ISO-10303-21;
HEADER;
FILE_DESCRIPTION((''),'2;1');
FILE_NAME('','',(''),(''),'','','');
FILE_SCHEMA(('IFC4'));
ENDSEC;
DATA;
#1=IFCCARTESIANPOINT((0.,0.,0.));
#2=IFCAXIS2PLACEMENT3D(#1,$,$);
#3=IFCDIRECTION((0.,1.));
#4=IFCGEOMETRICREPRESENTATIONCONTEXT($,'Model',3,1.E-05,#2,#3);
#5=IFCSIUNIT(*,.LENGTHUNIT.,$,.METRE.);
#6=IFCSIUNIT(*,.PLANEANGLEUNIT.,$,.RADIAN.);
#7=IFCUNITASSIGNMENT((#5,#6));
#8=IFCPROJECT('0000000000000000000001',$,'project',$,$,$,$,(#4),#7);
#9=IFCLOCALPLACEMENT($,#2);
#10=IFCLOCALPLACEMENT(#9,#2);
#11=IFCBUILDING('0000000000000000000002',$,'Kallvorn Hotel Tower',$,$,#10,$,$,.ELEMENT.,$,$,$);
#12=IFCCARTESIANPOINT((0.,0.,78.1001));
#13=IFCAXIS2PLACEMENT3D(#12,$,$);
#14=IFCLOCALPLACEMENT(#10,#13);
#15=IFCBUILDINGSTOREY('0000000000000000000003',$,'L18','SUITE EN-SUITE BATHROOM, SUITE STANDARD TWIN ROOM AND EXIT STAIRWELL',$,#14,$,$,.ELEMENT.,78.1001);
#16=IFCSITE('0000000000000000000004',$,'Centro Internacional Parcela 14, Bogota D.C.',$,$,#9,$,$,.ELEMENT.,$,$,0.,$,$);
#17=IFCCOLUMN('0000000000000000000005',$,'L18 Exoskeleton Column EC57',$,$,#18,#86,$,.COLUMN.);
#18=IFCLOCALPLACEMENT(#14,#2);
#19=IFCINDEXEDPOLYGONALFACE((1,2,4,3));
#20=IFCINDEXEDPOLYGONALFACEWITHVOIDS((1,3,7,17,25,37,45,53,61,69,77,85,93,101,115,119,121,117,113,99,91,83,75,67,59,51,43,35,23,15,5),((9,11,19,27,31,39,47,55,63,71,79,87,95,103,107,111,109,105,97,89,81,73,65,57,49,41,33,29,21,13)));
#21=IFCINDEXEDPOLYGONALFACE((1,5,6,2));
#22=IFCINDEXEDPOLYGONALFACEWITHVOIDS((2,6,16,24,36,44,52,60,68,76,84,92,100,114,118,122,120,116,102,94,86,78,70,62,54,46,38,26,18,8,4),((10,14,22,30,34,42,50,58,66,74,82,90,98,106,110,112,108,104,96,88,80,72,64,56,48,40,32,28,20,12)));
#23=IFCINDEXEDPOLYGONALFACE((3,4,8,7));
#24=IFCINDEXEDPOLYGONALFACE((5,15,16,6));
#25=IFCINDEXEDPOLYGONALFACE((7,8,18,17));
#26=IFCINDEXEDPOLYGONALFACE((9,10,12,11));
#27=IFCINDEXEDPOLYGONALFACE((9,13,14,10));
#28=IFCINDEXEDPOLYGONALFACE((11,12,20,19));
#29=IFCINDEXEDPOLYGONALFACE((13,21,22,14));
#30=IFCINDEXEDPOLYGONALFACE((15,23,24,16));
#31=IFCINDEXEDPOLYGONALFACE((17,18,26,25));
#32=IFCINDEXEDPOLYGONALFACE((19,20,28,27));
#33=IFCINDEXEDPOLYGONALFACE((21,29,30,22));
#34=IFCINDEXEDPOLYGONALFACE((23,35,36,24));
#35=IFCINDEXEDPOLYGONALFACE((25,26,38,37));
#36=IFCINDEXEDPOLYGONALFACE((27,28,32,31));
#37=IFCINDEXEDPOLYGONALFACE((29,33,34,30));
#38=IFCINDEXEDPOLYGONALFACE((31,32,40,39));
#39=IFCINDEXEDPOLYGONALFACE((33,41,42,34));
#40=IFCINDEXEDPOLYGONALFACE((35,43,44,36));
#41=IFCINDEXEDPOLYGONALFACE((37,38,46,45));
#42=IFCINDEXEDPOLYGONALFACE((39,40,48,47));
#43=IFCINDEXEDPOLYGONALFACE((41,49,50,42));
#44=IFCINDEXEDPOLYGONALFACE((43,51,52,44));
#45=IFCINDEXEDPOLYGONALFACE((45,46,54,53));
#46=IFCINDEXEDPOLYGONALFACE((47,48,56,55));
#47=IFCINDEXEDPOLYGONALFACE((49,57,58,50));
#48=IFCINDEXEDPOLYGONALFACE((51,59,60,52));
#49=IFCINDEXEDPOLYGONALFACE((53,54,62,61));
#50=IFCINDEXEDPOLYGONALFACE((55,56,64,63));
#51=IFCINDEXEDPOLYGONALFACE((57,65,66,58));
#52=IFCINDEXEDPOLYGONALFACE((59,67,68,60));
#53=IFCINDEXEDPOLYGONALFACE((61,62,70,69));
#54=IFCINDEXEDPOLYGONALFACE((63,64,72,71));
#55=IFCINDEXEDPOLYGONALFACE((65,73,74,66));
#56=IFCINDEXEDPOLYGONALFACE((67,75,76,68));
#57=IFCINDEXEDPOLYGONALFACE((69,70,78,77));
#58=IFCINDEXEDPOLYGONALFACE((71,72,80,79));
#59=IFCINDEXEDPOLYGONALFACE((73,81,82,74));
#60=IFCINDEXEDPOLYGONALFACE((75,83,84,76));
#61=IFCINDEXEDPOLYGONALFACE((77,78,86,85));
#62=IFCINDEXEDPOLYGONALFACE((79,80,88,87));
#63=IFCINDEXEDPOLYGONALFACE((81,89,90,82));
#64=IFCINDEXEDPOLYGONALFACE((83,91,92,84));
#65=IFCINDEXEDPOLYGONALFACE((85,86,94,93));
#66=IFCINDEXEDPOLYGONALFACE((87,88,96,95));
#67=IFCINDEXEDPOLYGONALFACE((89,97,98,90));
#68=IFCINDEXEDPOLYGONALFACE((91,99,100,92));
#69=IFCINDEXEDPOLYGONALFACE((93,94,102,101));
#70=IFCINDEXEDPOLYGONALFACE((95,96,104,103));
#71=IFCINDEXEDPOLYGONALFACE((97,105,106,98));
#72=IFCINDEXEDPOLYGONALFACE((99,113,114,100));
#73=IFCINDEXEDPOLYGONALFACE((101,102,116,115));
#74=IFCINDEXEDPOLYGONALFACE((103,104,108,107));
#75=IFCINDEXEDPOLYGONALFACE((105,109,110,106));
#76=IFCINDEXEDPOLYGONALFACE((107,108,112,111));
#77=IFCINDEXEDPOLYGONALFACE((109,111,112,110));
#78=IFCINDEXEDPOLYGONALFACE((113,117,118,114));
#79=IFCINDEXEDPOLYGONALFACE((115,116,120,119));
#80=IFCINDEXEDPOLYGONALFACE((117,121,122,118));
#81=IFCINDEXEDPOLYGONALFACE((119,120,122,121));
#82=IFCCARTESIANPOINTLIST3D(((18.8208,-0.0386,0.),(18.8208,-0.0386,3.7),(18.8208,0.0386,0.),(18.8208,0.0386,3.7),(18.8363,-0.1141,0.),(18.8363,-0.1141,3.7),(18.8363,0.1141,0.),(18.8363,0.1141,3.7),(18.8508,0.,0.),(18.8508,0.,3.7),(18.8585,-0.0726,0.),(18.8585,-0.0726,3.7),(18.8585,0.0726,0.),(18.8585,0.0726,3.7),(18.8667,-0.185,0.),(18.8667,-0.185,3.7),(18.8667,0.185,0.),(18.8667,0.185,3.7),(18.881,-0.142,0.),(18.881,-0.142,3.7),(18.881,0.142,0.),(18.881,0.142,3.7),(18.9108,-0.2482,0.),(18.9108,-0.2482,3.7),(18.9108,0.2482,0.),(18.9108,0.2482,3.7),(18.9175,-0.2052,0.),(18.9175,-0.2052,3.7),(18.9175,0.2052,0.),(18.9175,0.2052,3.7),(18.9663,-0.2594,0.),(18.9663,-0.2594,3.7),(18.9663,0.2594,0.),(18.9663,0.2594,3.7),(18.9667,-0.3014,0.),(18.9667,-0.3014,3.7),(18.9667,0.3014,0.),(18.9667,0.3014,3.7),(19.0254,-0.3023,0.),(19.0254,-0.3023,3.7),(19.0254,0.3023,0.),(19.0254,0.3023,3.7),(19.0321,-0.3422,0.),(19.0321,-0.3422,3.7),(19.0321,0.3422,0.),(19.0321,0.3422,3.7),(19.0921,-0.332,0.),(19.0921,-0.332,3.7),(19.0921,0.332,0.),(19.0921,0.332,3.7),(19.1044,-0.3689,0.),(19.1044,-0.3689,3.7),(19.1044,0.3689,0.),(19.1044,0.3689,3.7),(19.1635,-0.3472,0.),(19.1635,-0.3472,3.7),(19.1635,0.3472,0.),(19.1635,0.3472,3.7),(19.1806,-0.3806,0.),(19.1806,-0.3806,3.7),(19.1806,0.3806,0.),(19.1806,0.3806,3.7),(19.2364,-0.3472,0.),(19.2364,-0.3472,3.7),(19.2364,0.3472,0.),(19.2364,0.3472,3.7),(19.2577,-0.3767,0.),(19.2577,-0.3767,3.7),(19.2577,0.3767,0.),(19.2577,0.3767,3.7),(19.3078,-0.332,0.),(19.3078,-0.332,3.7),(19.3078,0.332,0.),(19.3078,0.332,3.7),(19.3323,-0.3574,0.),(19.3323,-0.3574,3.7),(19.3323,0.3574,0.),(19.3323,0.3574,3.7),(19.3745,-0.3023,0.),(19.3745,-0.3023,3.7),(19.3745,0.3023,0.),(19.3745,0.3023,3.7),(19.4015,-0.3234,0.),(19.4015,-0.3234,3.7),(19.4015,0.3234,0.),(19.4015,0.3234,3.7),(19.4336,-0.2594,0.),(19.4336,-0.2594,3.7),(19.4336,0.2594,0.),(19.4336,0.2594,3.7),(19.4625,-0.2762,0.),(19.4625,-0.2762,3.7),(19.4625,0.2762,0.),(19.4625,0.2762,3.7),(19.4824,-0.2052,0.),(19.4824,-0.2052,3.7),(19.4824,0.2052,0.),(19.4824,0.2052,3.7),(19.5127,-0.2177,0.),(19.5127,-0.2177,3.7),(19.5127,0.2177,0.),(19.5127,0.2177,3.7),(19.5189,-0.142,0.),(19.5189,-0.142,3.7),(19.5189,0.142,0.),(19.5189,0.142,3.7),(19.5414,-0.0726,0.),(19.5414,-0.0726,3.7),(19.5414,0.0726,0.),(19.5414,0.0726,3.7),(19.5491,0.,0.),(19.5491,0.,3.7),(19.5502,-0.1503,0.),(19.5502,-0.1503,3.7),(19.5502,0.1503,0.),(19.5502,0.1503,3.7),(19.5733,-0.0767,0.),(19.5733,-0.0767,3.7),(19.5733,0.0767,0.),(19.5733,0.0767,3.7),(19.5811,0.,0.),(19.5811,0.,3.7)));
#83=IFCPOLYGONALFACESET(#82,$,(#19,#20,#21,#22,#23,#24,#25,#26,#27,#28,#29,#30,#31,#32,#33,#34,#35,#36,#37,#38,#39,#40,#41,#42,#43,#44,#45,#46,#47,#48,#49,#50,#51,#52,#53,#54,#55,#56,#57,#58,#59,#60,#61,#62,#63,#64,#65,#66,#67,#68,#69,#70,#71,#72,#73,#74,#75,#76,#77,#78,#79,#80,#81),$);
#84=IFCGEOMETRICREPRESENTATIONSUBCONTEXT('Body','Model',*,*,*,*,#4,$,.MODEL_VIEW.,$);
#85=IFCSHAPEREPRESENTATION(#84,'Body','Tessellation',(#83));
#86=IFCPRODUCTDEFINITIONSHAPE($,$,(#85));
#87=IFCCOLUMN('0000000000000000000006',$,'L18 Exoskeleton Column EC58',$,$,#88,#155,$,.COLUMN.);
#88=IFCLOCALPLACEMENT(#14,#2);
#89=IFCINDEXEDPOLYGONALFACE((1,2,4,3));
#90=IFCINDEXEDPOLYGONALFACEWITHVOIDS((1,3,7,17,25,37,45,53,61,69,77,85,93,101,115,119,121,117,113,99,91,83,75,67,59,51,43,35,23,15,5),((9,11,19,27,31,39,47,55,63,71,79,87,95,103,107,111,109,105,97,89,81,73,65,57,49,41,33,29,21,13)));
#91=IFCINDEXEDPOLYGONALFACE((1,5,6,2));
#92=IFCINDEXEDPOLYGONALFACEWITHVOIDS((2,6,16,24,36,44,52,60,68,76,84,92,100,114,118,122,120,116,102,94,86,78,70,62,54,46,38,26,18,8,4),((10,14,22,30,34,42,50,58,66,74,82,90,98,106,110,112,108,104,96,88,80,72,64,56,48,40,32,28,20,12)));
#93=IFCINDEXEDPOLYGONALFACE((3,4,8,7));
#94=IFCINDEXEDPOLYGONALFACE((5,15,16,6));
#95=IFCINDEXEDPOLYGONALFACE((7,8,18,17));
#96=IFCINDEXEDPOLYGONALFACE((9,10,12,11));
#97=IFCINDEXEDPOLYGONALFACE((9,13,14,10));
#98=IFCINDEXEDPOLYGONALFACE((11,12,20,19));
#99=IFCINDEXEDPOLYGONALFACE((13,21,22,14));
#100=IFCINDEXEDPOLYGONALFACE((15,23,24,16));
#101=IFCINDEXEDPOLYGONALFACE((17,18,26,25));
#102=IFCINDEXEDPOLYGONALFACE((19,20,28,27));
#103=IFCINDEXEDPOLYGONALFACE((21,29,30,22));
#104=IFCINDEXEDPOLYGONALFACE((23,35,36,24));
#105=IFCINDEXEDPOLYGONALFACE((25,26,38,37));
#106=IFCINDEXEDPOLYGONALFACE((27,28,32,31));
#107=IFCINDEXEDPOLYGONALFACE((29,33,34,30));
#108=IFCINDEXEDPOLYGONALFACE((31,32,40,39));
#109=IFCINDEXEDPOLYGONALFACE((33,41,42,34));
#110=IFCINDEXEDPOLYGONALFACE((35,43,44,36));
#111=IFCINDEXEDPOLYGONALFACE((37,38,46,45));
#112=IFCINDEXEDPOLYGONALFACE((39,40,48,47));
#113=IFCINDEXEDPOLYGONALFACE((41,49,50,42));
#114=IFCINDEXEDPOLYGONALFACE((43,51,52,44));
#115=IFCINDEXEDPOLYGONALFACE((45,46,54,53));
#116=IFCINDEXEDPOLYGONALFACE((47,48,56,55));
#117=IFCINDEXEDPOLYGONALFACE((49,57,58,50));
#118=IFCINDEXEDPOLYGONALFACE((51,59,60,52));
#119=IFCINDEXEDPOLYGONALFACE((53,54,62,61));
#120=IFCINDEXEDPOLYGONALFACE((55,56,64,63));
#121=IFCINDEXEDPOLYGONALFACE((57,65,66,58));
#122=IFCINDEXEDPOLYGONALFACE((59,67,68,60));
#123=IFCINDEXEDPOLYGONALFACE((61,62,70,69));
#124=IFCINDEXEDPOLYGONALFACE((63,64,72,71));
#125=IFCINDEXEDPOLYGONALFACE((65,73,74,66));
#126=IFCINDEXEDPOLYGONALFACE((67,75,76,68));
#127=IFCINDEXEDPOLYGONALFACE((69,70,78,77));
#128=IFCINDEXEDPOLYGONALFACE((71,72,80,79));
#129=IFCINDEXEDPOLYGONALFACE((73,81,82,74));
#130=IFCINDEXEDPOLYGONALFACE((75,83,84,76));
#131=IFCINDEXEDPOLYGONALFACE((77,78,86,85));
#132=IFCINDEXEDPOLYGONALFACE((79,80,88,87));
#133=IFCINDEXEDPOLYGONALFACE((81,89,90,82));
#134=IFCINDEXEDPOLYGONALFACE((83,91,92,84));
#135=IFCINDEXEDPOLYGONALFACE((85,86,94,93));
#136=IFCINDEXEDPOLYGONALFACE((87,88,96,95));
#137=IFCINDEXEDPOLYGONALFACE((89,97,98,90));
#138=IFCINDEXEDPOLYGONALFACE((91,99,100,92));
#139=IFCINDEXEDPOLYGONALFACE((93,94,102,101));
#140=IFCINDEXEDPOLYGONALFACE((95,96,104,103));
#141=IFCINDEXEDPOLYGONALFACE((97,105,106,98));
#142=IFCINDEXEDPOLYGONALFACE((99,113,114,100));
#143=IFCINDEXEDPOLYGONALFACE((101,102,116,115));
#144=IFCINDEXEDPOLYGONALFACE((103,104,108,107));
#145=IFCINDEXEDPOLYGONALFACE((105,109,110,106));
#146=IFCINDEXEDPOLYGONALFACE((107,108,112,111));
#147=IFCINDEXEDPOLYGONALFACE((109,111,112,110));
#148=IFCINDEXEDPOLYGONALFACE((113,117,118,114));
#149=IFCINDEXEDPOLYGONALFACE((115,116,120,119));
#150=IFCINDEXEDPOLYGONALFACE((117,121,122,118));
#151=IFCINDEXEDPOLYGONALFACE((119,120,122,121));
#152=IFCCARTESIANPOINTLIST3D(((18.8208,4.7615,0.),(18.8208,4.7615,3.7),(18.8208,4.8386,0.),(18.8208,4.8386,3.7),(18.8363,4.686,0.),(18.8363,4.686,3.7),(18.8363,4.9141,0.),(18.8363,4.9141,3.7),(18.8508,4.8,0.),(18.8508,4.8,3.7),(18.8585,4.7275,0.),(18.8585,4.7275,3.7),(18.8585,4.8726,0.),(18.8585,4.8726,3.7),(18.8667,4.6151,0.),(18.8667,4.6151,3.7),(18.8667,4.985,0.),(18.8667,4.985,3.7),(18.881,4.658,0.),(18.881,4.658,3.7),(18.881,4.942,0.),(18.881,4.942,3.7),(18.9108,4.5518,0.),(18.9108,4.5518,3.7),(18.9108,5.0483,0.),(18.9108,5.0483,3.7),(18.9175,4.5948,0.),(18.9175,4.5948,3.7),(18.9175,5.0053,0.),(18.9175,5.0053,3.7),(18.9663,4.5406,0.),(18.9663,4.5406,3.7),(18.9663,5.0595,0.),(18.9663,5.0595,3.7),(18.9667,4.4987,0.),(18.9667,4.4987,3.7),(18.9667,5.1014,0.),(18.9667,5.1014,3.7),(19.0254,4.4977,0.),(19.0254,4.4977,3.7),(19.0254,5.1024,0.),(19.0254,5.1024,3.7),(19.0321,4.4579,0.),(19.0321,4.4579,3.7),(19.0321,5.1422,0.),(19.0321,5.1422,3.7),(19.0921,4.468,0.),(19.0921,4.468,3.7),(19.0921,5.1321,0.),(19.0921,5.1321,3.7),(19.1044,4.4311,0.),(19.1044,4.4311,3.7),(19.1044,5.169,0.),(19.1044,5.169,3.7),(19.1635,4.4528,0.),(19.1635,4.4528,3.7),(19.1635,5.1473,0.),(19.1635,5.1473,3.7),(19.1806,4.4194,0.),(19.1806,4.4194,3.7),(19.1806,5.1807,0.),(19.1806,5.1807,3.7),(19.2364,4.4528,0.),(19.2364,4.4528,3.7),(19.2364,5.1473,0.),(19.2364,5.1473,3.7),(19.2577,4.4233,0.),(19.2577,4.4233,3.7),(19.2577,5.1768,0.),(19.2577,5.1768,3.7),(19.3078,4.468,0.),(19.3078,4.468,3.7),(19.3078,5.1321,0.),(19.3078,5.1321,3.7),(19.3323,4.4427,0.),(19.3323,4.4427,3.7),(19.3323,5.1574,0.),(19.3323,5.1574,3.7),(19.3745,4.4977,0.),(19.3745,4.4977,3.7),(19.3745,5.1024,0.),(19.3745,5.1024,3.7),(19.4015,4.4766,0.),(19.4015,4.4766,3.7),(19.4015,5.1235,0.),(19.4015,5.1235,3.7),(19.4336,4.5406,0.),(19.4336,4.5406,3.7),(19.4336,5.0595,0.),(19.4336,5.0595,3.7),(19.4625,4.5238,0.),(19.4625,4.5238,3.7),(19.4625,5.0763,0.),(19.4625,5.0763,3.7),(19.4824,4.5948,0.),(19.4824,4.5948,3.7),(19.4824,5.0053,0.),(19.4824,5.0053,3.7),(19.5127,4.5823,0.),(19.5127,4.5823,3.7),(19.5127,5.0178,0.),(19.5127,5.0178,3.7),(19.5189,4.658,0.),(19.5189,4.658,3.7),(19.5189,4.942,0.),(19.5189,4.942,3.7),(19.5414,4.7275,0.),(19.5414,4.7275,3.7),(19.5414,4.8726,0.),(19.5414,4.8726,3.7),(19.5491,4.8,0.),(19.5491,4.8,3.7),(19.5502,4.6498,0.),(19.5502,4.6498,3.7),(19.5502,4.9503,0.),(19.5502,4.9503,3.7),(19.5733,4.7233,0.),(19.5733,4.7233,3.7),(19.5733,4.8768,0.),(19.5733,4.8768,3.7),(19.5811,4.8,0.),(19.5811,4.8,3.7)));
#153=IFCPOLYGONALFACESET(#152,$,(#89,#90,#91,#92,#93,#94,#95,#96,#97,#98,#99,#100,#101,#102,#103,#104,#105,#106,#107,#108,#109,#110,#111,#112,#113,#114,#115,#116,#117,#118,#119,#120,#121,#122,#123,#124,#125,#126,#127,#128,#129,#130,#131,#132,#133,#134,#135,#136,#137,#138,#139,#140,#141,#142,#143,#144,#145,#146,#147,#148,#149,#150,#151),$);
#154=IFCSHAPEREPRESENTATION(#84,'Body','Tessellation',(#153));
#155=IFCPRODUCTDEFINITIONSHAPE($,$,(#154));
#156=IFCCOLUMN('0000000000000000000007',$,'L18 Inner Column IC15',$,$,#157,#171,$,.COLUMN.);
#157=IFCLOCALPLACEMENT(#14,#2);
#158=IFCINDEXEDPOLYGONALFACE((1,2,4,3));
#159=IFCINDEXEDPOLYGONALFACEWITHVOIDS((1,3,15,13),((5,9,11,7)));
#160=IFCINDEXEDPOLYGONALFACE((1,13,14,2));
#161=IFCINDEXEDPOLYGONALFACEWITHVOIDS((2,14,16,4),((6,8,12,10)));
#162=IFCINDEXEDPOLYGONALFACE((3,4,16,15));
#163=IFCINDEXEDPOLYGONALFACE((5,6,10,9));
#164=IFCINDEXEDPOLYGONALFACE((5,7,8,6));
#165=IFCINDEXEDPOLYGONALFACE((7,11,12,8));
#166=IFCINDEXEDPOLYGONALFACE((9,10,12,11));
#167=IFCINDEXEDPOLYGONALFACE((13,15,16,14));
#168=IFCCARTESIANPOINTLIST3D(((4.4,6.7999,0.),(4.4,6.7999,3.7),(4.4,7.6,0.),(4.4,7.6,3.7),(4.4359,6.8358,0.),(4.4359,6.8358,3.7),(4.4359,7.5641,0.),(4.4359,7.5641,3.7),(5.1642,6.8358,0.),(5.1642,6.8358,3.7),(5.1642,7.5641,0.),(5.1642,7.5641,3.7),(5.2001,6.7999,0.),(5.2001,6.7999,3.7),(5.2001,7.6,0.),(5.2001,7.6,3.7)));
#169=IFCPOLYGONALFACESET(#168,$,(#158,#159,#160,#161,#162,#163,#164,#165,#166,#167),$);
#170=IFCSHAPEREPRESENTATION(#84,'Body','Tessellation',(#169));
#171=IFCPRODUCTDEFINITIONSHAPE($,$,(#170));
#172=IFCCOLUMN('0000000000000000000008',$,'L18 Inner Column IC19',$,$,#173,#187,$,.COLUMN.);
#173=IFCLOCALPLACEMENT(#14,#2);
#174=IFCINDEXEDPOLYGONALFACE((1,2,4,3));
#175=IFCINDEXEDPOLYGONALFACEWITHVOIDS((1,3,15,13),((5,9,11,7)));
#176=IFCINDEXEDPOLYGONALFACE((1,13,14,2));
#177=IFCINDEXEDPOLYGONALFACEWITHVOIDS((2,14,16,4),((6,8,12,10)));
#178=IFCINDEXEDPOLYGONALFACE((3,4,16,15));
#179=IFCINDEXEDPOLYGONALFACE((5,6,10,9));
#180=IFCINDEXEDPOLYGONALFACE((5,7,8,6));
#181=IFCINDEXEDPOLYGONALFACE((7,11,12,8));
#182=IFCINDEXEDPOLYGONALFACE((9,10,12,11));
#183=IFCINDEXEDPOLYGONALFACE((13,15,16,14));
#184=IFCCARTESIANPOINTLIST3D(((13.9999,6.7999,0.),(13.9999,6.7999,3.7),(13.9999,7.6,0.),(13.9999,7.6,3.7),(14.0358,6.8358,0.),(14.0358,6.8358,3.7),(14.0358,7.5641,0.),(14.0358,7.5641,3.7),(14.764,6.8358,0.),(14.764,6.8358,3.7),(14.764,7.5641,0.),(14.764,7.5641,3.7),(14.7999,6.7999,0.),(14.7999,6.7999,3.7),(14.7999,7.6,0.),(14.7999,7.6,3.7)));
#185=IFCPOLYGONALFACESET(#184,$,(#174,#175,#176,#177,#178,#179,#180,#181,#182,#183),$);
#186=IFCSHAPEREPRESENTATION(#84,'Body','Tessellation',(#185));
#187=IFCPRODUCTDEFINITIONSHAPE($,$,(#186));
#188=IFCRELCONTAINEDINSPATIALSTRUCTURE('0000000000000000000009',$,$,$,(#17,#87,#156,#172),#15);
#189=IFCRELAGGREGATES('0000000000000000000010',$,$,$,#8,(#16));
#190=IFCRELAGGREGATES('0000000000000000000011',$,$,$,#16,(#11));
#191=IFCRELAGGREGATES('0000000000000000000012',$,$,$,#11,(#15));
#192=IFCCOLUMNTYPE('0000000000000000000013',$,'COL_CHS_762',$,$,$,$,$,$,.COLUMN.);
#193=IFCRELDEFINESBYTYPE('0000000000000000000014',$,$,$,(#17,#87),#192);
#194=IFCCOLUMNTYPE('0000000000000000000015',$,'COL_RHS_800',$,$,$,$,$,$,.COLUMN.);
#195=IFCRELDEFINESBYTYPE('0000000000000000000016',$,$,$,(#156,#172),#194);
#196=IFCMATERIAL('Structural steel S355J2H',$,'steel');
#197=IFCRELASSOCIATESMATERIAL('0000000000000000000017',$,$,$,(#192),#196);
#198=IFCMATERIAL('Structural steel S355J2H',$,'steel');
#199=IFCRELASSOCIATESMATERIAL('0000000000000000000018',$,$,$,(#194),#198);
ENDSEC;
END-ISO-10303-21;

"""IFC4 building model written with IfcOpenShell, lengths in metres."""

from ifc_helpers import new_model, si_unit, direction, frame, origin, origin_2d, place, context, subcontext, project, spatial, hollow_rectangle, hollow_circle, extrude, material, material_profile, profile_set, type_object, element, save


model = new_model("IFC4")

# Units and contexts
model_context = context("Model", 3, precision=1e-05, world=origin(), true_north=direction((0.0, 1.0)))
body_context = subcontext(model_context, "Body", "Model", "MODEL_VIEW")
ifc_project = project(units=[si_unit("LENGTHUNIT", "METRE"), si_unit("PLANEANGLEUNIT", "RADIAN")], contexts=[model_context])

# Site, building, storey
site_placement = place(None, origin())
site = spatial("IfcSite", under=ifc_project, at=site_placement, Name="Centro Internacional Parcela 14, Bogota D.C.", CompositionType="ELEMENT", RefElevation=0.0)
building_placement = place(site_placement, origin())
building = spatial("IfcBuilding", under=site, at=building_placement, Name="Kallvorn Hotel Tower", CompositionType="ELEMENT")
storey_placement = place(building_placement, frame((0.0, 0.0, 78.1001)))
storey = spatial("IfcBuildingStorey", under=building, at=storey_placement, Name="L18", Description="SUITE EN-SUITE BATHROOM, SUITE STANDARD TWIN ROOM AND EXIT STAIRWELL", CompositionType="ELEMENT", Elevation=78.1001)

# Columns
ifc_material_1 = material(Name="Structural steel S355J2H", Category="steel")
ifc_material_profile_1 = material_profile(ifc_material_1, hollow_circle(Radius=0.3811, WallThickness=0.032, at=origin_2d()), Name="CHS 762x32")
ifc_profile_set_1 = profile_set([ifc_material_profile_1], Name="Structural steel S355J2H")
column_type_1 = type_object("IfcColumnType", Name="COL_CHS_762", PredefinedType="COLUMN", material=ifc_profile_set_1)
for number, where, z_axis, x_axis, name in (
    (1, (19.2, 0.0, 0.0), (0.0, 0.0, 1.0), (1.0, 0.0, 0.0), "L18 Exoskeleton Column EC57"),
    (2, (19.2, 4.8, 0.0), (0.0, 0.0, 1.0), (1.0, 0.0, 0.0), "L18 Exoskeleton Column EC58"),
):
    element("IfcColumn", number, at=place(storey_placement, frame(where, z_axis=z_axis, x_axis=x_axis)), inside=storey, type_object=column_type_1, Name=name, PredefinedType="COLUMN", context=body_context, shape_type="SweptSolid", body=[
        extrude(hollow_circle(Radius=0.3811, WallThickness=0.032, at=origin_2d()), origin(), (0.0, 0.0, 1.0), 3.7),
    ])
ifc_material_2 = material(Name="Structural steel S355J2H", Category="steel")
ifc_material_profile_2 = material_profile(ifc_material_2, hollow_rectangle(XDim=0.8, YDim=0.8, WallThickness=0.0359, at=origin_2d()), Name="RHS 800x800x36")
ifc_profile_set_2 = profile_set([ifc_material_profile_2], Name="Structural steel S355J2H")
column_type_2 = type_object("IfcColumnType", Name="COL_RHS_800", PredefinedType="COLUMN", material=ifc_profile_set_2)
for number, where, z_axis, x_axis, name in (
    (3, (4.8, 7.2, 0.0), (0.0, 0.0, 1.0), (1.0, 0.0, 0.0), "L18 Inner Column IC15"),
    (4, (14.3999, 7.2, 0.0), (0.0, 0.0, 1.0), (1.0, 0.0, 0.0), "L18 Inner Column IC19"),
):
    element("IfcColumn", number, at=place(storey_placement, frame(where, z_axis=z_axis, x_axis=x_axis)), inside=storey, type_object=column_type_2, Name=name, PredefinedType="COLUMN", context=body_context, shape_type="SweptSolid", body=[
        extrude(hollow_rectangle(XDim=0.8, YDim=0.8, WallThickness=0.0359, at=origin_2d()), origin(), (0.0, 0.0, 1.0), 3.7),
    ])

save(model, "model.ifc")
